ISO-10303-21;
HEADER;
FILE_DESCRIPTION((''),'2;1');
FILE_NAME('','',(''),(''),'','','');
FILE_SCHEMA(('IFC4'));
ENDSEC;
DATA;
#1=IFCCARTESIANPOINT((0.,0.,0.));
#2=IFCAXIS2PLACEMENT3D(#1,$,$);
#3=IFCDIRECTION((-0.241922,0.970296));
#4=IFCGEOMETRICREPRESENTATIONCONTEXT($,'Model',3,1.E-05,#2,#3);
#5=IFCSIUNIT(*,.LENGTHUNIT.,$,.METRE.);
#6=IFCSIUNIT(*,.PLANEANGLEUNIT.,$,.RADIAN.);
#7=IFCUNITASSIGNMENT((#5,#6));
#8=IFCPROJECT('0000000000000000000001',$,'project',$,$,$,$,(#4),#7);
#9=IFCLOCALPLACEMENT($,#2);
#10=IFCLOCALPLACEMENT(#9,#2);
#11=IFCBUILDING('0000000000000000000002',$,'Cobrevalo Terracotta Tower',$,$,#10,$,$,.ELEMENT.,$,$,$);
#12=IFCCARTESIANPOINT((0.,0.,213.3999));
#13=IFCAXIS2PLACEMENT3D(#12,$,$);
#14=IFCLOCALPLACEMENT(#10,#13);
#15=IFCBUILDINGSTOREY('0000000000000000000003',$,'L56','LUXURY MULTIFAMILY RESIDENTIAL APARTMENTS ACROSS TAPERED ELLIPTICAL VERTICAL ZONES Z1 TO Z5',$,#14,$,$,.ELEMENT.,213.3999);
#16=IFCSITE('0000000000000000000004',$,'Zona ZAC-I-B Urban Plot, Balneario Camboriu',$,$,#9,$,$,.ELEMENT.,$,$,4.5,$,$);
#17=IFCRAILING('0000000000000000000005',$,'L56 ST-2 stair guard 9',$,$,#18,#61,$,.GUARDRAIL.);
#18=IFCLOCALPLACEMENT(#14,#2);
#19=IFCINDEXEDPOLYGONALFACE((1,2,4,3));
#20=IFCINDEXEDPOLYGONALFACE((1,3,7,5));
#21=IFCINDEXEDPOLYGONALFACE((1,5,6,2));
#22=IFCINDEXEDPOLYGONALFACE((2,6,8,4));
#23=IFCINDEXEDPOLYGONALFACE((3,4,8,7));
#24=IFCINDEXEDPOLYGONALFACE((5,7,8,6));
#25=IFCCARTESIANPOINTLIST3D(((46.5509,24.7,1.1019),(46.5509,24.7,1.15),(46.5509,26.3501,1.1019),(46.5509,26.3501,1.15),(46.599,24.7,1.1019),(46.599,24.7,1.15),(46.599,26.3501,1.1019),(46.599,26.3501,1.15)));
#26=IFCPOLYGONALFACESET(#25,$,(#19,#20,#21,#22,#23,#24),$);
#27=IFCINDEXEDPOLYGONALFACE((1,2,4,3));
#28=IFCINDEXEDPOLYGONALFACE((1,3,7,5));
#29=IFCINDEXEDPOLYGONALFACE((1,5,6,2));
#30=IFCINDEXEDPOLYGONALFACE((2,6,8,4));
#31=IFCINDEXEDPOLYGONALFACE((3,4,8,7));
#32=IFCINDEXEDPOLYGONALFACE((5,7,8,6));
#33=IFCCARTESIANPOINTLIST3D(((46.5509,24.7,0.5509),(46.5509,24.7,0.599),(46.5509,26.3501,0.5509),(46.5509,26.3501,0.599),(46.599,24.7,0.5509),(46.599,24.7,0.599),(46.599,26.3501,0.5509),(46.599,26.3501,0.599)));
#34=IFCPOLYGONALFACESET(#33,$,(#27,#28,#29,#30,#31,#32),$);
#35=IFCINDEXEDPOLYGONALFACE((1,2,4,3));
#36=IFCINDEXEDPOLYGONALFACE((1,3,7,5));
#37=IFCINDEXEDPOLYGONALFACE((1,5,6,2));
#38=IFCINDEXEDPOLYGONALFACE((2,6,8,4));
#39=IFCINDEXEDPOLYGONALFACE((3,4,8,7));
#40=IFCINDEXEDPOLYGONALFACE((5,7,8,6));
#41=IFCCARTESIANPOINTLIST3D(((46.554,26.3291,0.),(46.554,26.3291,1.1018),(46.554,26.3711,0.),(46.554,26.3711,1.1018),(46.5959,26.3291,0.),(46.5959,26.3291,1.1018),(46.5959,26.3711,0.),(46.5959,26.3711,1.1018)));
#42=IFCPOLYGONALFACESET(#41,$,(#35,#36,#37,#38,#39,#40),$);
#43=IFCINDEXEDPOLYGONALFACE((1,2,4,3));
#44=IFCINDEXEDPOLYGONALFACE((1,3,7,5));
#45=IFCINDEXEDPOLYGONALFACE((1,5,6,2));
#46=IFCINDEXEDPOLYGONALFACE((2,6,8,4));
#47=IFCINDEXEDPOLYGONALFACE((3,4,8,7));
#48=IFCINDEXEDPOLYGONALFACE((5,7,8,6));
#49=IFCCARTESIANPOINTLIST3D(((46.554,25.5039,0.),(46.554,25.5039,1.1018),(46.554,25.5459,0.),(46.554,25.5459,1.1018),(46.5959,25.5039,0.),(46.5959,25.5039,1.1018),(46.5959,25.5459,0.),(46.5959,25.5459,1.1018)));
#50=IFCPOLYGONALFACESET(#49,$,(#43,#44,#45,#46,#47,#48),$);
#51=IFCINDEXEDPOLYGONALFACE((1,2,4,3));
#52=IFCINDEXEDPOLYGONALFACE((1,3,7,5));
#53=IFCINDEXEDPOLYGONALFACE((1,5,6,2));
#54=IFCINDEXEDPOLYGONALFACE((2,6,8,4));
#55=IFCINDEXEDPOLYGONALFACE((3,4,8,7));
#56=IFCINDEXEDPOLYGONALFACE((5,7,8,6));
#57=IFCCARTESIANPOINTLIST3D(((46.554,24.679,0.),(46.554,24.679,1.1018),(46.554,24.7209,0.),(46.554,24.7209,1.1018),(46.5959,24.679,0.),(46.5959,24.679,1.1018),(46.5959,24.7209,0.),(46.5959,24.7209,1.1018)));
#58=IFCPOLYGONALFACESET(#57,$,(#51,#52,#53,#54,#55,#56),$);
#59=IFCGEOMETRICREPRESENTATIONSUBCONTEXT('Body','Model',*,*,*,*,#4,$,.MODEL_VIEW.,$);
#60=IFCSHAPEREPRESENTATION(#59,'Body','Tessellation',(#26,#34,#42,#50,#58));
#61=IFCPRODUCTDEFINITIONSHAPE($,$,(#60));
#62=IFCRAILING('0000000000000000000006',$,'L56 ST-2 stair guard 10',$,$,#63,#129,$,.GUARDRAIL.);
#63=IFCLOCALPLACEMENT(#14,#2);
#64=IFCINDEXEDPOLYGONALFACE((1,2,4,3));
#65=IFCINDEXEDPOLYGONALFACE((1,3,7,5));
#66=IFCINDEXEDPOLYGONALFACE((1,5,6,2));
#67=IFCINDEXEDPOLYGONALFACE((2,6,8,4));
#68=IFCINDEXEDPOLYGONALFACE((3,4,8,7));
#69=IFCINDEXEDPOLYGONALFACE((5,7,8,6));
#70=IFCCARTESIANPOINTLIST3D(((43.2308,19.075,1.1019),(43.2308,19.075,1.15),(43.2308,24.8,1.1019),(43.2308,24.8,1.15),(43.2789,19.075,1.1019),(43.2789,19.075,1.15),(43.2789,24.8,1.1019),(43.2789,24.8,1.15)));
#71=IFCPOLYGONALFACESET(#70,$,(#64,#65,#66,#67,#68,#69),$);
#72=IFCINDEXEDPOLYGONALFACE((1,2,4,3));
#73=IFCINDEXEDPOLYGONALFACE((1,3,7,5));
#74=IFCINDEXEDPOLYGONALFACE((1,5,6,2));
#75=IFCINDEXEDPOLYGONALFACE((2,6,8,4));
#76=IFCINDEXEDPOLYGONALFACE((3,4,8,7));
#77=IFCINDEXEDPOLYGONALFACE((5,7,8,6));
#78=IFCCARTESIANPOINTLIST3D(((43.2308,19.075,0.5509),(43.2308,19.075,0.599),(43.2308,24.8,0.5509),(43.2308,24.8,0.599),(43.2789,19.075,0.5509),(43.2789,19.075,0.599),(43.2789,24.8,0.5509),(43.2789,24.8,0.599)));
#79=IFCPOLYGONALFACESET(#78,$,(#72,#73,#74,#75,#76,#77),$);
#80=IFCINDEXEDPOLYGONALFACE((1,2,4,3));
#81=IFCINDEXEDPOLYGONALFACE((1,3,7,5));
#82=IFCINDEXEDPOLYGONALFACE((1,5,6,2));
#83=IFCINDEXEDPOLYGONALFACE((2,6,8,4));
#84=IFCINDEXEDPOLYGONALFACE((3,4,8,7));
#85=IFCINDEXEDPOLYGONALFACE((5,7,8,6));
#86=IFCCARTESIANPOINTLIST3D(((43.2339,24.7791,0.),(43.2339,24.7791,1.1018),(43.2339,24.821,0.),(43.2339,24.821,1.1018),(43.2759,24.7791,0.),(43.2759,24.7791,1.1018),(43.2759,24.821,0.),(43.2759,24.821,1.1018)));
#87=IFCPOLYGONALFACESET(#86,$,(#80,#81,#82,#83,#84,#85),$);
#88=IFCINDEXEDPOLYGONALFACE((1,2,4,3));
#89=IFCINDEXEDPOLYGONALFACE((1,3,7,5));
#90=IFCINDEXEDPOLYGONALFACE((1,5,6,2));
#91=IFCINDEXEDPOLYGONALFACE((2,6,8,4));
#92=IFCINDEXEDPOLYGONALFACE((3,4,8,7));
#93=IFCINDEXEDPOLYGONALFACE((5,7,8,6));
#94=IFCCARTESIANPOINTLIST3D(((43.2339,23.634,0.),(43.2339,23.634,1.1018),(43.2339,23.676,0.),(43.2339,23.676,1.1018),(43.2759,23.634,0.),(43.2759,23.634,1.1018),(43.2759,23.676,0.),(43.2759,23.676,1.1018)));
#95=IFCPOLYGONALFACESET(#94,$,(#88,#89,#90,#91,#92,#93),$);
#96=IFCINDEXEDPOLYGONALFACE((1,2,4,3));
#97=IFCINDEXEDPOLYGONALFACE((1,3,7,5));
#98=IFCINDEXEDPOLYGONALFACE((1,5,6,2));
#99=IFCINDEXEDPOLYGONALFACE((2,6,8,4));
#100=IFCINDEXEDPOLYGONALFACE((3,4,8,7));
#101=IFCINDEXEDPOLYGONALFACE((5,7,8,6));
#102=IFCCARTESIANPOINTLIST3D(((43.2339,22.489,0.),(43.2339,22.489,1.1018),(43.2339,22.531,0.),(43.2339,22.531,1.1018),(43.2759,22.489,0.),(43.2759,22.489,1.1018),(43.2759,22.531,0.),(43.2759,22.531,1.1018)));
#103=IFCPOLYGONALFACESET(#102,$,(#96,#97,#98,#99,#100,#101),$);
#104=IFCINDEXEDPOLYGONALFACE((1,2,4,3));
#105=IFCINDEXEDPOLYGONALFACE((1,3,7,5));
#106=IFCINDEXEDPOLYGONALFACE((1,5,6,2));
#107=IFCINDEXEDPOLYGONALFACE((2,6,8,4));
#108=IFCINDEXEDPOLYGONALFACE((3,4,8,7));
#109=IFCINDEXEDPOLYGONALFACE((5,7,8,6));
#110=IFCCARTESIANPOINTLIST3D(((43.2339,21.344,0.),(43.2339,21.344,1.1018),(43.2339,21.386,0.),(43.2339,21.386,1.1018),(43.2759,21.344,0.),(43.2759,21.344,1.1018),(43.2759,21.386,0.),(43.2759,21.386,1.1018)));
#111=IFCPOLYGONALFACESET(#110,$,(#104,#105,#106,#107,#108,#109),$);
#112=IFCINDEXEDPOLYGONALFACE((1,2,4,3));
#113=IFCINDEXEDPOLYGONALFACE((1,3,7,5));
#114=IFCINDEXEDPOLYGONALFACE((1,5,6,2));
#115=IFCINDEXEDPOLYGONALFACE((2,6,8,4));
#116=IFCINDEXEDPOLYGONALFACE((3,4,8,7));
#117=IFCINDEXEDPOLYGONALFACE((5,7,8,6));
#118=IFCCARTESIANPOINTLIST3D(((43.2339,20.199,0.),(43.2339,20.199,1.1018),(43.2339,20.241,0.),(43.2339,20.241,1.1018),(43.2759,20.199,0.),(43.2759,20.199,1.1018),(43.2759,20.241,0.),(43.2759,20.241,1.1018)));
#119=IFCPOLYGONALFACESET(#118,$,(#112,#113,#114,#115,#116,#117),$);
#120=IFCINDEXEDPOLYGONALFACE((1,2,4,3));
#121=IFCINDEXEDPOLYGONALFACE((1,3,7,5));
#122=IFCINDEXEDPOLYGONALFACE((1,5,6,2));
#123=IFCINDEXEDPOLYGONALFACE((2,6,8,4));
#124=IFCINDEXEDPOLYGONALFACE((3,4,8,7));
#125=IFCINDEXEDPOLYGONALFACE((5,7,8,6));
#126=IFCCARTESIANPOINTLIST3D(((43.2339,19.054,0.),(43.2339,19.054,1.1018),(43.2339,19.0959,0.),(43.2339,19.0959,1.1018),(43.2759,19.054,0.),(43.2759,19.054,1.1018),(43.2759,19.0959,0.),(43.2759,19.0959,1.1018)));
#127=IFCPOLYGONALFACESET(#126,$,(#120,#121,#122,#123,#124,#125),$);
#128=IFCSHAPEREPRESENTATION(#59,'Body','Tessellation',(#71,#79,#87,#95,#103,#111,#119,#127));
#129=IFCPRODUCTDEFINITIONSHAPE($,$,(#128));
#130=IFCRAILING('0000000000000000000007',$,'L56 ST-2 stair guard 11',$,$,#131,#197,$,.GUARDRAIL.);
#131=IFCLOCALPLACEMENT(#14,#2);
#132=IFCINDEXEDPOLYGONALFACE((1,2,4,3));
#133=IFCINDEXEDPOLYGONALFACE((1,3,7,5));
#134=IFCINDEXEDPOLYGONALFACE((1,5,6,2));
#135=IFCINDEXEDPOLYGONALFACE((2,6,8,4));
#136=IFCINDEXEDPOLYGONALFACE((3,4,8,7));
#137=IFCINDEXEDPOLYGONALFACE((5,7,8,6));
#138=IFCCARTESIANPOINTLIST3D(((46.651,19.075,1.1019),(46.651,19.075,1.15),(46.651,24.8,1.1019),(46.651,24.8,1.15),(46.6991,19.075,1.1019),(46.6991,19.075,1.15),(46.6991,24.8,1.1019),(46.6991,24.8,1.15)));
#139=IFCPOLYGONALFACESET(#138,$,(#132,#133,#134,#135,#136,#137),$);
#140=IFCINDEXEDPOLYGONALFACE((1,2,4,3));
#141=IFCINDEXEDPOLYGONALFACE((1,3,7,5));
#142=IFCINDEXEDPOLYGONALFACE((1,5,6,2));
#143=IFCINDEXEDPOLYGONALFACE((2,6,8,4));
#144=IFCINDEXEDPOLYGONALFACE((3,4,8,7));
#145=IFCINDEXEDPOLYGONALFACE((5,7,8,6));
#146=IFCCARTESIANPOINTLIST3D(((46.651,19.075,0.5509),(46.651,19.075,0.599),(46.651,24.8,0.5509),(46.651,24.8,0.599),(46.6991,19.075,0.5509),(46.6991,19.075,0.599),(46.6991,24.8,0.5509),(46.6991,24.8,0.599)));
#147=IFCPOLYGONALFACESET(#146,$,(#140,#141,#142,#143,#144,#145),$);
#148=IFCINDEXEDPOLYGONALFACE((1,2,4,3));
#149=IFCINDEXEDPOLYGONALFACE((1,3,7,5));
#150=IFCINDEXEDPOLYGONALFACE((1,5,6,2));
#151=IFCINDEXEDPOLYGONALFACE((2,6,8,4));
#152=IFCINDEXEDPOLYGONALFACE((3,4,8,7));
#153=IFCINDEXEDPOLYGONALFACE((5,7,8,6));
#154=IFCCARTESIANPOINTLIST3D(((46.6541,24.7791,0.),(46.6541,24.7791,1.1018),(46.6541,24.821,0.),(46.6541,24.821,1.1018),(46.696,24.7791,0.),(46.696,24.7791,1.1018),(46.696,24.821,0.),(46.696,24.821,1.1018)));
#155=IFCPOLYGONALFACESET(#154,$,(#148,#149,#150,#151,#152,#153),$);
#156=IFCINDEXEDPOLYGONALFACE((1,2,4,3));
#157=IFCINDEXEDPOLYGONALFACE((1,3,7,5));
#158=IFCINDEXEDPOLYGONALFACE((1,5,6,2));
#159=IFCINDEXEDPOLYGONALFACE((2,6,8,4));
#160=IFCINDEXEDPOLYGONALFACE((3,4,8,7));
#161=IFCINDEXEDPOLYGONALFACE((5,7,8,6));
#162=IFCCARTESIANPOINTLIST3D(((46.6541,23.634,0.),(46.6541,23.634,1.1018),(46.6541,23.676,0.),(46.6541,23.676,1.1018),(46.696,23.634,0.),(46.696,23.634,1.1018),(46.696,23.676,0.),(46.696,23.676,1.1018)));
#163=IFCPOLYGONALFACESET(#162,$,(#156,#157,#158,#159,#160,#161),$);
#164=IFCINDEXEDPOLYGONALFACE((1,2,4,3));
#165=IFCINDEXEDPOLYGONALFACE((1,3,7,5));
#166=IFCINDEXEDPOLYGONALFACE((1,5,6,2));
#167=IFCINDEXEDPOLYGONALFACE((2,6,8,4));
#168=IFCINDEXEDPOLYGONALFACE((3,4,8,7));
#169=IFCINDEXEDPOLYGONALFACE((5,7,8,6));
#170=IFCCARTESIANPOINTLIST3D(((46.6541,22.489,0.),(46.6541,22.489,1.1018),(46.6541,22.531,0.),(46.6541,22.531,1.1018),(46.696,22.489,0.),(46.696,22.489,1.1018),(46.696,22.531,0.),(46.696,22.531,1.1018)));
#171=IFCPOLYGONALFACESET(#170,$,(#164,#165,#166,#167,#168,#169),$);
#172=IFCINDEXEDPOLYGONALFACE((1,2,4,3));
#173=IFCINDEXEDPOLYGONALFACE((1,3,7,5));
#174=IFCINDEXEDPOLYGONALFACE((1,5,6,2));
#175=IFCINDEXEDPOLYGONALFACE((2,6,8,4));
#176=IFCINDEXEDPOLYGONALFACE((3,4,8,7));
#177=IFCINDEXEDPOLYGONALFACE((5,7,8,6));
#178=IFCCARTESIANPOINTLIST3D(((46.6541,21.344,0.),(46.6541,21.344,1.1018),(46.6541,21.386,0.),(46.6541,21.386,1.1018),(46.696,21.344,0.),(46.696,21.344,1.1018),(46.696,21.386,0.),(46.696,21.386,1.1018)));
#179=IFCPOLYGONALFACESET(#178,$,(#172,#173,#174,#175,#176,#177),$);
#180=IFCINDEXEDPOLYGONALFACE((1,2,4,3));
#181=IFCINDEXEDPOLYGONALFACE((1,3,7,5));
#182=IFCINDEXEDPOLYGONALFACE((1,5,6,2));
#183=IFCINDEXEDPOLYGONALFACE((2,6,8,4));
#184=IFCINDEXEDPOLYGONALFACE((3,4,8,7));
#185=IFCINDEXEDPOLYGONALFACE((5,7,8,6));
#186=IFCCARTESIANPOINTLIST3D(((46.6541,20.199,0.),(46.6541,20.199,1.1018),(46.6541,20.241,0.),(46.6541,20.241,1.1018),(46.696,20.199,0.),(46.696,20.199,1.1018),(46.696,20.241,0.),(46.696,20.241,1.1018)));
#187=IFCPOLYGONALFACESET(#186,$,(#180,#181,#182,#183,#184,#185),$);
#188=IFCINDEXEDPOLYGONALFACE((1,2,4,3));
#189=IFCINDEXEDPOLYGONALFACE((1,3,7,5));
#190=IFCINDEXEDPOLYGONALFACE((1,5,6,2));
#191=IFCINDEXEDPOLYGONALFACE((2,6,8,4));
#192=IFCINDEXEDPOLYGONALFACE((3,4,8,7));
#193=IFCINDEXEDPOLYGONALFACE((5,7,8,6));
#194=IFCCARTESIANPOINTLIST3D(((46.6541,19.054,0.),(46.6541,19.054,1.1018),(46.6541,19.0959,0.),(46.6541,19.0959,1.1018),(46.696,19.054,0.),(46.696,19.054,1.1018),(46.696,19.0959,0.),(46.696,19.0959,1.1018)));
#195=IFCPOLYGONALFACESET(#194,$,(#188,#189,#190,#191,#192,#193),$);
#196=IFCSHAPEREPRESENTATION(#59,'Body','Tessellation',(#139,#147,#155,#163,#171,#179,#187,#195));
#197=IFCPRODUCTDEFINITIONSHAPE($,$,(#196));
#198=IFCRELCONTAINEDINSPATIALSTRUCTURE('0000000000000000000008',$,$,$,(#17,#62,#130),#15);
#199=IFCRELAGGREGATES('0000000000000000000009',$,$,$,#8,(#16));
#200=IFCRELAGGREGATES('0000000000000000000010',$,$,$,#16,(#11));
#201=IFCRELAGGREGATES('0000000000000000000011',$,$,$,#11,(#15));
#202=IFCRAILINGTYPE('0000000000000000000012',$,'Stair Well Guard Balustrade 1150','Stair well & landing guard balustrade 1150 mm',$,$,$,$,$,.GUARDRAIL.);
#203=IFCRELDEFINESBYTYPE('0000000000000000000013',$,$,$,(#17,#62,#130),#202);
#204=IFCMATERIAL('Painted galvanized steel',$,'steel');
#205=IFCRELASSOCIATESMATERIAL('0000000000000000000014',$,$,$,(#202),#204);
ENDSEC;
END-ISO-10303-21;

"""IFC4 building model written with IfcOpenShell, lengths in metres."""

from ifc_helpers import new_model, si_unit, direction, frame, origin, origin_2d, place, context, subcontext, project, spatial, rectangle, extrude, material, type_object, element, save


model = new_model("IFC4")

# Units and contexts
model_context = context("Model", 3, precision=1e-05, world=origin(), true_north=direction((-0.241922, 0.970296)))
body_context = subcontext(model_context, "Body", "Model", "MODEL_VIEW")
ifc_project = project(units=[si_unit("LENGTHUNIT", "METRE"), si_unit("PLANEANGLEUNIT", "RADIAN")], contexts=[model_context])

# Site, building, storey
site_placement = place(None, origin())
site = spatial("IfcSite", under=ifc_project, at=site_placement, Name="Zona ZAC-I-B Urban Plot, Balneario Camboriu", CompositionType="ELEMENT", RefElevation=4.5)
building_placement = place(site_placement, origin())
building = spatial("IfcBuilding", under=site, at=building_placement, Name="Cobrevalo Terracotta Tower", CompositionType="ELEMENT")
storey_placement = place(building_placement, frame((0.0, 0.0, 213.3999)))
storey = spatial("IfcBuildingStorey", under=building, at=storey_placement, Name="L56", Description="LUXURY MULTIFAMILY RESIDENTIAL APARTMENTS ACROSS TAPERED ELLIPTICAL VERTICAL ZONES Z1 TO Z5", CompositionType="ELEMENT", Elevation=213.3999)

# Railings
ifc_material_1 = material(Name="Painted galvanized steel", Category="steel")
railing_type = type_object("IfcRailingType", Name="Stair Well Guard Balustrade 1150", Description="Stair well & landing guard balustrade 1150 mm", PredefinedType="GUARDRAIL", material=ifc_material_1)
for number, where, name in (
    (1, (46.575, 26.3501, 0.0), "L56 ST-2 stair guard 9"),
):
    element("IfcRailing", number, at=place(storey_placement, frame(where)), inside=storey, type_object=railing_type, Name=name, PredefinedType="GUARDRAIL", context=body_context, shape_type="SweptSolid", body=[
        extrude(rectangle(XDim=0.0481, YDim=0.0481, at=origin_2d()), frame((0.0, 0.0, 1.126), z_axis=(0.0, -1.0, 0.0), x_axis=(1.0, 0.0, 0.0)), (0.0, 0.0, 1.0), 1.6501),
        extrude(rectangle(XDim=0.0481, YDim=0.0481, at=origin_2d()), frame((0.0, 0.0, 0.575), z_axis=(0.0, -1.0, 0.0), x_axis=(1.0, 0.0, 0.0)), (0.0, 0.0, 1.0), 1.6501),
        extrude(rectangle(XDim=0.042, YDim=0.042, at=origin_2d()), origin(), (0.0, 0.0, 1.0), 1.1018),
        extrude(rectangle(XDim=0.042, YDim=0.042, at=origin_2d()), frame((0.0, -0.8252, 0.0)), (0.0, 0.0, 1.0), 1.1018),
        extrude(rectangle(XDim=0.042, YDim=0.042, at=origin_2d()), frame((0.0, -1.6501, 0.0)), (0.0, 0.0, 1.0), 1.1018),
    ])
for number, where, name in (
    (2, (43.2549, 24.8, 0.0), "L56 ST-2 stair guard 10"),
    (3, (46.675, 24.8, 0.0), "L56 ST-2 stair guard 11"),
):
    element("IfcRailing", number, at=place(storey_placement, frame(where)), inside=storey, type_object=railing_type, Name=name, PredefinedType="GUARDRAIL", context=body_context, shape_type="SweptSolid", body=[
        extrude(rectangle(XDim=0.0481, YDim=0.0481, at=origin_2d()), frame((0.0, 0.0, 1.126), z_axis=(0.0, -1.0, 0.0), x_axis=(1.0, 0.0, 0.0)), (0.0, 0.0, 1.0), 5.7251),
        extrude(rectangle(XDim=0.0481, YDim=0.0481, at=origin_2d()), frame((0.0, 0.0, 0.575), z_axis=(0.0, -1.0, 0.0), x_axis=(1.0, 0.0, 0.0)), (0.0, 0.0, 1.0), 5.7251),
        extrude(rectangle(XDim=0.042, YDim=0.042, at=origin_2d()), origin(), (0.0, 0.0, 1.0), 1.1018),
        extrude(rectangle(XDim=0.042, YDim=0.042, at=origin_2d()), frame((0.0, -1.145, 0.0)), (0.0, 0.0, 1.0), 1.1018),
        extrude(rectangle(XDim=0.042, YDim=0.042, at=origin_2d()), frame((0.0, -2.29, 0.0)), (0.0, 0.0, 1.0), 1.1018),
        extrude(rectangle(XDim=0.042, YDim=0.042, at=origin_2d()), frame((0.0, -3.4351, 0.0)), (0.0, 0.0, 1.0), 1.1018),
        extrude(rectangle(XDim=0.042, YDim=0.042, at=origin_2d()), frame((0.0, -4.5801, 0.0)), (0.0, 0.0, 1.0), 1.1018),
        extrude(rectangle(XDim=0.042, YDim=0.042, at=origin_2d()), frame((0.0, -5.7251, 0.0)), (0.0, 0.0, 1.0), 1.1018),
    ])

save(model, "model.ifc")
